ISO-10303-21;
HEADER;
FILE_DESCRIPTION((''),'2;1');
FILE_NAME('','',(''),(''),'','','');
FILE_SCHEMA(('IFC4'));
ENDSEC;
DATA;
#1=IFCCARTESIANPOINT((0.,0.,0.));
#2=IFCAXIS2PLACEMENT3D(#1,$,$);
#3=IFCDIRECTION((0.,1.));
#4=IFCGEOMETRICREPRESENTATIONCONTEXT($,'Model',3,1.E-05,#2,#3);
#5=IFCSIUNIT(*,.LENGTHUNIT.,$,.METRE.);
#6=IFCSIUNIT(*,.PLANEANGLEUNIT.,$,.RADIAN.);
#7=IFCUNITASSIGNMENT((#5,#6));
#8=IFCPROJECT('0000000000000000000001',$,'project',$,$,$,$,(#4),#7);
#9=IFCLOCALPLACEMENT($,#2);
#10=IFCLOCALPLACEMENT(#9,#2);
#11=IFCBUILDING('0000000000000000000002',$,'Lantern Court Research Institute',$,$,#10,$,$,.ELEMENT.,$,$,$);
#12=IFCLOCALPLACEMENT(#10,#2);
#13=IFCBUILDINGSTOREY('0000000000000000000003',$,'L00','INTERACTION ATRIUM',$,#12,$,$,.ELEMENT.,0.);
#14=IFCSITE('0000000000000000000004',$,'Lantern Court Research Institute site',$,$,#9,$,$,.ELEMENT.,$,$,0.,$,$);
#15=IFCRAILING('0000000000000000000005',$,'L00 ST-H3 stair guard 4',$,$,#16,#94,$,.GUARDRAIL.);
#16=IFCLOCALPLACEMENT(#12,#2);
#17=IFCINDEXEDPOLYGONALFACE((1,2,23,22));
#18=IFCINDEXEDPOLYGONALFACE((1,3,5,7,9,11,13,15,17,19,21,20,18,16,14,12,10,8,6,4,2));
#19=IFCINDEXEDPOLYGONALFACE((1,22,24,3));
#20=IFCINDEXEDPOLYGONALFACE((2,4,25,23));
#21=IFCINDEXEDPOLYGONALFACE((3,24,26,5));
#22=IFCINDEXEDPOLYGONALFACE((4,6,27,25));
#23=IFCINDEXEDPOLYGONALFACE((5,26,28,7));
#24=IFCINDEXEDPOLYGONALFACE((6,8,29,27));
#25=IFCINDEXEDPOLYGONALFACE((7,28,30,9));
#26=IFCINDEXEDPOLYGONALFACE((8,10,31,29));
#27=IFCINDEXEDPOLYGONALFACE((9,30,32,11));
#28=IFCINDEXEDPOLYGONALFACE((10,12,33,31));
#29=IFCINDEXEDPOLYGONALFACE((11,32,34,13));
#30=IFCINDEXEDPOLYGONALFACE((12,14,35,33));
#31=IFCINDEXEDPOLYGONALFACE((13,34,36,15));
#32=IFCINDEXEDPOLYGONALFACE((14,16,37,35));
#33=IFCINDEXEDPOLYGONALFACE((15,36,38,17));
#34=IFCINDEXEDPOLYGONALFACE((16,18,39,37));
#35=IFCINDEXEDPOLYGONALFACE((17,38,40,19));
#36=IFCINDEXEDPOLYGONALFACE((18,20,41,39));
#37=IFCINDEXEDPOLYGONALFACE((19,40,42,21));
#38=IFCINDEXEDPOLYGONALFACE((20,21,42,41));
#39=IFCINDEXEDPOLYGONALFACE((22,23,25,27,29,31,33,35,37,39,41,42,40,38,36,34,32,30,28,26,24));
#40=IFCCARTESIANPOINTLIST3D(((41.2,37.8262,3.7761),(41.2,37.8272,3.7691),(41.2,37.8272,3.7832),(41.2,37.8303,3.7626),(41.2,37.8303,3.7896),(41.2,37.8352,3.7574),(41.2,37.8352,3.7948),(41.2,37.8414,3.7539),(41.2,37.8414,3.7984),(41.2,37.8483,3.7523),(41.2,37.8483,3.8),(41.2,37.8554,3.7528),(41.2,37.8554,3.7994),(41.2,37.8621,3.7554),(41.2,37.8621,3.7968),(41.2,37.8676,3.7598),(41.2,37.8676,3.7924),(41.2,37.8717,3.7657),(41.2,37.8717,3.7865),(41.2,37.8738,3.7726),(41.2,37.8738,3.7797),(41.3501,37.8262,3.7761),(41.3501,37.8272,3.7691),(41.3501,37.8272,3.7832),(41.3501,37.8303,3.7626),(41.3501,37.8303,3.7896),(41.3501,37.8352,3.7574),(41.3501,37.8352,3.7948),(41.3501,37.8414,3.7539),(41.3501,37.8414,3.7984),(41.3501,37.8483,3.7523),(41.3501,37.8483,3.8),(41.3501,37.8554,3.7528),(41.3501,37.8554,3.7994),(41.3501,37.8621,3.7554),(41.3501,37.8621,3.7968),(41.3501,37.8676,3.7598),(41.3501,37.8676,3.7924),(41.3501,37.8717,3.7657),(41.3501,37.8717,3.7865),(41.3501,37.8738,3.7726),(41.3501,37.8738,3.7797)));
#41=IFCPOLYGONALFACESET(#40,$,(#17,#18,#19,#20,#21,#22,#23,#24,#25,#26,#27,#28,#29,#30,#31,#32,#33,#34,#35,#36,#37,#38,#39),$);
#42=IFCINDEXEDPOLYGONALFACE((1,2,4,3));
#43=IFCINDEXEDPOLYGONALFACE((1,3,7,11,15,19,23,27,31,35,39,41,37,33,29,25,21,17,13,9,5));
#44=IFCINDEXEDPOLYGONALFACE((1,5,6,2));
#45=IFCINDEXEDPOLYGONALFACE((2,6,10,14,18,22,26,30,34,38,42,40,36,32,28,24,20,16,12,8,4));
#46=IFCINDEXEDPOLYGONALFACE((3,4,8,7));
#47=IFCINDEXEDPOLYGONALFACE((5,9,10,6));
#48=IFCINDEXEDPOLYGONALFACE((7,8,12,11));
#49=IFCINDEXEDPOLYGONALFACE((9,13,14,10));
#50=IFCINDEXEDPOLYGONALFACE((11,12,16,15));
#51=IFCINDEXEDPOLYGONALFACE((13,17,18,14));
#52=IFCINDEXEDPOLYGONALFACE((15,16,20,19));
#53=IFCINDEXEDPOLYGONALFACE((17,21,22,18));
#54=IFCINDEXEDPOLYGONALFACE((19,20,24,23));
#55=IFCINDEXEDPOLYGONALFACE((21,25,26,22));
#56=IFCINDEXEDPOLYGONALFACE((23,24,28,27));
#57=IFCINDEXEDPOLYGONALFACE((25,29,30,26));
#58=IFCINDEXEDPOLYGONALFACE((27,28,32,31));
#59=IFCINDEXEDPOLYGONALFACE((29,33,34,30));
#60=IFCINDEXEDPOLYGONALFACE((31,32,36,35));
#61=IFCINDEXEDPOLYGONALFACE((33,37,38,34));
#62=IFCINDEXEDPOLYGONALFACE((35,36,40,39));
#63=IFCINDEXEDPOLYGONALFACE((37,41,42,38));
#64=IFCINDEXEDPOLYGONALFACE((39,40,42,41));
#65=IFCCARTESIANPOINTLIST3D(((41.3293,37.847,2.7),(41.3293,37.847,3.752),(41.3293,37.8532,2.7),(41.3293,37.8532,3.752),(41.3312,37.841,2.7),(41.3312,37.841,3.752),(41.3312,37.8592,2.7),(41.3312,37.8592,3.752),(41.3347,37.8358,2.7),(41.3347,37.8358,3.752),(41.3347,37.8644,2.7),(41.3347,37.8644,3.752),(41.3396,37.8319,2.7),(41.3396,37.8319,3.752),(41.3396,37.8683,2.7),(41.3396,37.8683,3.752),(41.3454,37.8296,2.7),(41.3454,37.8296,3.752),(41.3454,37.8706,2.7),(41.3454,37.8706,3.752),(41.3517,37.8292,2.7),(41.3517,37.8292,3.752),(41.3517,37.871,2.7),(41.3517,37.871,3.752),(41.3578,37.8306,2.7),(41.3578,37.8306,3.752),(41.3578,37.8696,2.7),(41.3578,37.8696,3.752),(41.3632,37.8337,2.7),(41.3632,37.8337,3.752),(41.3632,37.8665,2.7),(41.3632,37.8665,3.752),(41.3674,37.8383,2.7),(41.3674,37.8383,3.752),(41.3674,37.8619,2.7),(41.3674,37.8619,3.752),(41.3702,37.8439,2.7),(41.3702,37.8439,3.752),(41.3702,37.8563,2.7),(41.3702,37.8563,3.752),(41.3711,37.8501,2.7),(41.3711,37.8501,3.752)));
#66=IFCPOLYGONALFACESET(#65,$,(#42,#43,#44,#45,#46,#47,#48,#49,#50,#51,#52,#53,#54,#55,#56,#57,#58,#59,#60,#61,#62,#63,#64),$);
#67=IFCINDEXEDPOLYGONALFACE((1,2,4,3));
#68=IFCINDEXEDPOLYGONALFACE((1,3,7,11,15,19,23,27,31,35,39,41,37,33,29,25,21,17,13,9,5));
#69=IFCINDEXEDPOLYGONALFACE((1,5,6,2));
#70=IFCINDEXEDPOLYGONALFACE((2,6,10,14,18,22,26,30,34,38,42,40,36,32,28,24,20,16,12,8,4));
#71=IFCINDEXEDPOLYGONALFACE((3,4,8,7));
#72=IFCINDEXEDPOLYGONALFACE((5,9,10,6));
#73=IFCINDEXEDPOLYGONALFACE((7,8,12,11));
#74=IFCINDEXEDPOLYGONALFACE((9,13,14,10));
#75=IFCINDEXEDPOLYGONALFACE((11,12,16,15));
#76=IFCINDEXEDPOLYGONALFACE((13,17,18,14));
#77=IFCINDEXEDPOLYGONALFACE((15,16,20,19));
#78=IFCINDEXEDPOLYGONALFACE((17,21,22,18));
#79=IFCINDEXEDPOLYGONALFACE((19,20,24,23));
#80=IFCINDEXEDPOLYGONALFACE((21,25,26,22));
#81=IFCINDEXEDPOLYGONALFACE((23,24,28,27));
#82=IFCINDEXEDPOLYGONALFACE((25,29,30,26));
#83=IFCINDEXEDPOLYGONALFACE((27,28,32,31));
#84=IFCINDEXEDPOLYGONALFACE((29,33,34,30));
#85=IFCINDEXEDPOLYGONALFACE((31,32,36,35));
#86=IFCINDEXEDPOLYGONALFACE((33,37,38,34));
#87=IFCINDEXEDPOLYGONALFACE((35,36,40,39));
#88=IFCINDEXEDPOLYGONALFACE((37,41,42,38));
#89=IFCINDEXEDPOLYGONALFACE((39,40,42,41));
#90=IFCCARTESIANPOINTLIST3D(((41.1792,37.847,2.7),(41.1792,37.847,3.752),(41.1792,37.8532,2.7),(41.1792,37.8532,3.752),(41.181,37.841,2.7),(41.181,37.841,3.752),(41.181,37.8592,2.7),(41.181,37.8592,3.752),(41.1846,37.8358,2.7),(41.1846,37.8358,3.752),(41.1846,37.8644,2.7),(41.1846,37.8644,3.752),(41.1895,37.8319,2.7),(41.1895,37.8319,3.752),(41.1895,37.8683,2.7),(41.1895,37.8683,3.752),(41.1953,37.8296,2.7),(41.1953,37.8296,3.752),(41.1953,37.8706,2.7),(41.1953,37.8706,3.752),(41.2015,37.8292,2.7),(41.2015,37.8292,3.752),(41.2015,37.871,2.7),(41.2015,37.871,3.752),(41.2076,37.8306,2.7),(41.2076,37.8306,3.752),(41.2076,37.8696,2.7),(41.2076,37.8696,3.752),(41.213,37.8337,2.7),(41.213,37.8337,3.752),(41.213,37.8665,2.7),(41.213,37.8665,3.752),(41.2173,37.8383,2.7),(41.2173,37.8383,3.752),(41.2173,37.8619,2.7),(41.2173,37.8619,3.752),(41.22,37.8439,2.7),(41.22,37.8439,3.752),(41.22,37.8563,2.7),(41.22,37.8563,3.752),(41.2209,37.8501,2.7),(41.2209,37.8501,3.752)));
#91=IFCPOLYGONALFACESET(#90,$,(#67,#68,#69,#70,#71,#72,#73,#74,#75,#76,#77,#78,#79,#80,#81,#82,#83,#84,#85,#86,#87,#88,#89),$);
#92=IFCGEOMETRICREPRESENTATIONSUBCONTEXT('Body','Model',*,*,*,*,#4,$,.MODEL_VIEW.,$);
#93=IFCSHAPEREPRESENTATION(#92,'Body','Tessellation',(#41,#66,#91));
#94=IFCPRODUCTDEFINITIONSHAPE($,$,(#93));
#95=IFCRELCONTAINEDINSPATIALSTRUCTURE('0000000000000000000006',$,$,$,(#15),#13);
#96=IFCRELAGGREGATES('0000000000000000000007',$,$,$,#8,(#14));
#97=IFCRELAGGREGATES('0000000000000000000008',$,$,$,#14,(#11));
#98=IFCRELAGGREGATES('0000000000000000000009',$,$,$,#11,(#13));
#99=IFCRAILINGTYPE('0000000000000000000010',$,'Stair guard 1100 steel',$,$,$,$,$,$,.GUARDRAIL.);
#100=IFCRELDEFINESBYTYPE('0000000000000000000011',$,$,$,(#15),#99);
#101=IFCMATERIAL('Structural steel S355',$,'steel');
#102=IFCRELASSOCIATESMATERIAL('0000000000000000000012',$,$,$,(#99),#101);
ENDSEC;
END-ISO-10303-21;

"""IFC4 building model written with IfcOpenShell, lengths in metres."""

from ifc_helpers import new_model, si_unit, direction, frame, origin, origin_2d, place, context, subcontext, project, spatial, circle, extrude, material, type_object, element, save


model = new_model("IFC4")

# Units and contexts
model_context = context("Model", 3, precision=1e-05, world=origin(), true_north=direction((0.0, 1.0)))
body_context = subcontext(model_context, "Body", "Model", "MODEL_VIEW")
ifc_project = project(units=[si_unit("LENGTHUNIT", "METRE"), si_unit("PLANEANGLEUNIT", "RADIAN")], contexts=[model_context])

# Site, building, storey
site_placement = place(None, origin())
site = spatial("IfcSite", under=ifc_project, at=site_placement, Name="Lantern Court Research Institute site", CompositionType="ELEMENT", RefElevation=0.0)
building_placement = place(site_placement, origin())
building = spatial("IfcBuilding", under=site, at=building_placement, Name="Lantern Court Research Institute", CompositionType="ELEMENT")
storey_placement = place(building_placement, origin())
storey = spatial("IfcBuildingStorey", under=building, at=storey_placement, Name="L00", Description="INTERACTION ATRIUM", CompositionType="ELEMENT", Elevation=0.0)

# Railing
ifc_material_1 = material(Name="Structural steel S355", Category="steel")
railing_type_1 = type_object("IfcRailingType", Name="Stair guard 1100 steel", PredefinedType="GUARDRAIL", material=ifc_material_1)
railing_1_placement = place(storey_placement, frame((41.3501, 37.8501, 2.7)))
element("IfcRailing", 1, at=railing_1_placement, inside=storey, type_object=railing_type_1, Name="L00 ST-H3 stair guard 4", PredefinedType="GUARDRAIL", context=body_context, shape_type="SweptSolid", body=[
    extrude(circle(Radius=0.0239, at=origin_2d()), frame((0.0, 0.0, 1.0762), z_axis=(-1.0, 0.0, 0.0), x_axis=(0.0, -1.0, 0.0)), (0.0, 0.0, 1.0), 0.1501),
    extrude(circle(Radius=0.021, at=origin_2d()), origin(), (0.0, 0.0, 1.0), 1.052),
    extrude(circle(Radius=0.021, at=origin_2d()), frame((-0.1501, 0.0, 0.0)), (0.0, 0.0, 1.0), 1.052),
])

save(model, "model.ifc")
